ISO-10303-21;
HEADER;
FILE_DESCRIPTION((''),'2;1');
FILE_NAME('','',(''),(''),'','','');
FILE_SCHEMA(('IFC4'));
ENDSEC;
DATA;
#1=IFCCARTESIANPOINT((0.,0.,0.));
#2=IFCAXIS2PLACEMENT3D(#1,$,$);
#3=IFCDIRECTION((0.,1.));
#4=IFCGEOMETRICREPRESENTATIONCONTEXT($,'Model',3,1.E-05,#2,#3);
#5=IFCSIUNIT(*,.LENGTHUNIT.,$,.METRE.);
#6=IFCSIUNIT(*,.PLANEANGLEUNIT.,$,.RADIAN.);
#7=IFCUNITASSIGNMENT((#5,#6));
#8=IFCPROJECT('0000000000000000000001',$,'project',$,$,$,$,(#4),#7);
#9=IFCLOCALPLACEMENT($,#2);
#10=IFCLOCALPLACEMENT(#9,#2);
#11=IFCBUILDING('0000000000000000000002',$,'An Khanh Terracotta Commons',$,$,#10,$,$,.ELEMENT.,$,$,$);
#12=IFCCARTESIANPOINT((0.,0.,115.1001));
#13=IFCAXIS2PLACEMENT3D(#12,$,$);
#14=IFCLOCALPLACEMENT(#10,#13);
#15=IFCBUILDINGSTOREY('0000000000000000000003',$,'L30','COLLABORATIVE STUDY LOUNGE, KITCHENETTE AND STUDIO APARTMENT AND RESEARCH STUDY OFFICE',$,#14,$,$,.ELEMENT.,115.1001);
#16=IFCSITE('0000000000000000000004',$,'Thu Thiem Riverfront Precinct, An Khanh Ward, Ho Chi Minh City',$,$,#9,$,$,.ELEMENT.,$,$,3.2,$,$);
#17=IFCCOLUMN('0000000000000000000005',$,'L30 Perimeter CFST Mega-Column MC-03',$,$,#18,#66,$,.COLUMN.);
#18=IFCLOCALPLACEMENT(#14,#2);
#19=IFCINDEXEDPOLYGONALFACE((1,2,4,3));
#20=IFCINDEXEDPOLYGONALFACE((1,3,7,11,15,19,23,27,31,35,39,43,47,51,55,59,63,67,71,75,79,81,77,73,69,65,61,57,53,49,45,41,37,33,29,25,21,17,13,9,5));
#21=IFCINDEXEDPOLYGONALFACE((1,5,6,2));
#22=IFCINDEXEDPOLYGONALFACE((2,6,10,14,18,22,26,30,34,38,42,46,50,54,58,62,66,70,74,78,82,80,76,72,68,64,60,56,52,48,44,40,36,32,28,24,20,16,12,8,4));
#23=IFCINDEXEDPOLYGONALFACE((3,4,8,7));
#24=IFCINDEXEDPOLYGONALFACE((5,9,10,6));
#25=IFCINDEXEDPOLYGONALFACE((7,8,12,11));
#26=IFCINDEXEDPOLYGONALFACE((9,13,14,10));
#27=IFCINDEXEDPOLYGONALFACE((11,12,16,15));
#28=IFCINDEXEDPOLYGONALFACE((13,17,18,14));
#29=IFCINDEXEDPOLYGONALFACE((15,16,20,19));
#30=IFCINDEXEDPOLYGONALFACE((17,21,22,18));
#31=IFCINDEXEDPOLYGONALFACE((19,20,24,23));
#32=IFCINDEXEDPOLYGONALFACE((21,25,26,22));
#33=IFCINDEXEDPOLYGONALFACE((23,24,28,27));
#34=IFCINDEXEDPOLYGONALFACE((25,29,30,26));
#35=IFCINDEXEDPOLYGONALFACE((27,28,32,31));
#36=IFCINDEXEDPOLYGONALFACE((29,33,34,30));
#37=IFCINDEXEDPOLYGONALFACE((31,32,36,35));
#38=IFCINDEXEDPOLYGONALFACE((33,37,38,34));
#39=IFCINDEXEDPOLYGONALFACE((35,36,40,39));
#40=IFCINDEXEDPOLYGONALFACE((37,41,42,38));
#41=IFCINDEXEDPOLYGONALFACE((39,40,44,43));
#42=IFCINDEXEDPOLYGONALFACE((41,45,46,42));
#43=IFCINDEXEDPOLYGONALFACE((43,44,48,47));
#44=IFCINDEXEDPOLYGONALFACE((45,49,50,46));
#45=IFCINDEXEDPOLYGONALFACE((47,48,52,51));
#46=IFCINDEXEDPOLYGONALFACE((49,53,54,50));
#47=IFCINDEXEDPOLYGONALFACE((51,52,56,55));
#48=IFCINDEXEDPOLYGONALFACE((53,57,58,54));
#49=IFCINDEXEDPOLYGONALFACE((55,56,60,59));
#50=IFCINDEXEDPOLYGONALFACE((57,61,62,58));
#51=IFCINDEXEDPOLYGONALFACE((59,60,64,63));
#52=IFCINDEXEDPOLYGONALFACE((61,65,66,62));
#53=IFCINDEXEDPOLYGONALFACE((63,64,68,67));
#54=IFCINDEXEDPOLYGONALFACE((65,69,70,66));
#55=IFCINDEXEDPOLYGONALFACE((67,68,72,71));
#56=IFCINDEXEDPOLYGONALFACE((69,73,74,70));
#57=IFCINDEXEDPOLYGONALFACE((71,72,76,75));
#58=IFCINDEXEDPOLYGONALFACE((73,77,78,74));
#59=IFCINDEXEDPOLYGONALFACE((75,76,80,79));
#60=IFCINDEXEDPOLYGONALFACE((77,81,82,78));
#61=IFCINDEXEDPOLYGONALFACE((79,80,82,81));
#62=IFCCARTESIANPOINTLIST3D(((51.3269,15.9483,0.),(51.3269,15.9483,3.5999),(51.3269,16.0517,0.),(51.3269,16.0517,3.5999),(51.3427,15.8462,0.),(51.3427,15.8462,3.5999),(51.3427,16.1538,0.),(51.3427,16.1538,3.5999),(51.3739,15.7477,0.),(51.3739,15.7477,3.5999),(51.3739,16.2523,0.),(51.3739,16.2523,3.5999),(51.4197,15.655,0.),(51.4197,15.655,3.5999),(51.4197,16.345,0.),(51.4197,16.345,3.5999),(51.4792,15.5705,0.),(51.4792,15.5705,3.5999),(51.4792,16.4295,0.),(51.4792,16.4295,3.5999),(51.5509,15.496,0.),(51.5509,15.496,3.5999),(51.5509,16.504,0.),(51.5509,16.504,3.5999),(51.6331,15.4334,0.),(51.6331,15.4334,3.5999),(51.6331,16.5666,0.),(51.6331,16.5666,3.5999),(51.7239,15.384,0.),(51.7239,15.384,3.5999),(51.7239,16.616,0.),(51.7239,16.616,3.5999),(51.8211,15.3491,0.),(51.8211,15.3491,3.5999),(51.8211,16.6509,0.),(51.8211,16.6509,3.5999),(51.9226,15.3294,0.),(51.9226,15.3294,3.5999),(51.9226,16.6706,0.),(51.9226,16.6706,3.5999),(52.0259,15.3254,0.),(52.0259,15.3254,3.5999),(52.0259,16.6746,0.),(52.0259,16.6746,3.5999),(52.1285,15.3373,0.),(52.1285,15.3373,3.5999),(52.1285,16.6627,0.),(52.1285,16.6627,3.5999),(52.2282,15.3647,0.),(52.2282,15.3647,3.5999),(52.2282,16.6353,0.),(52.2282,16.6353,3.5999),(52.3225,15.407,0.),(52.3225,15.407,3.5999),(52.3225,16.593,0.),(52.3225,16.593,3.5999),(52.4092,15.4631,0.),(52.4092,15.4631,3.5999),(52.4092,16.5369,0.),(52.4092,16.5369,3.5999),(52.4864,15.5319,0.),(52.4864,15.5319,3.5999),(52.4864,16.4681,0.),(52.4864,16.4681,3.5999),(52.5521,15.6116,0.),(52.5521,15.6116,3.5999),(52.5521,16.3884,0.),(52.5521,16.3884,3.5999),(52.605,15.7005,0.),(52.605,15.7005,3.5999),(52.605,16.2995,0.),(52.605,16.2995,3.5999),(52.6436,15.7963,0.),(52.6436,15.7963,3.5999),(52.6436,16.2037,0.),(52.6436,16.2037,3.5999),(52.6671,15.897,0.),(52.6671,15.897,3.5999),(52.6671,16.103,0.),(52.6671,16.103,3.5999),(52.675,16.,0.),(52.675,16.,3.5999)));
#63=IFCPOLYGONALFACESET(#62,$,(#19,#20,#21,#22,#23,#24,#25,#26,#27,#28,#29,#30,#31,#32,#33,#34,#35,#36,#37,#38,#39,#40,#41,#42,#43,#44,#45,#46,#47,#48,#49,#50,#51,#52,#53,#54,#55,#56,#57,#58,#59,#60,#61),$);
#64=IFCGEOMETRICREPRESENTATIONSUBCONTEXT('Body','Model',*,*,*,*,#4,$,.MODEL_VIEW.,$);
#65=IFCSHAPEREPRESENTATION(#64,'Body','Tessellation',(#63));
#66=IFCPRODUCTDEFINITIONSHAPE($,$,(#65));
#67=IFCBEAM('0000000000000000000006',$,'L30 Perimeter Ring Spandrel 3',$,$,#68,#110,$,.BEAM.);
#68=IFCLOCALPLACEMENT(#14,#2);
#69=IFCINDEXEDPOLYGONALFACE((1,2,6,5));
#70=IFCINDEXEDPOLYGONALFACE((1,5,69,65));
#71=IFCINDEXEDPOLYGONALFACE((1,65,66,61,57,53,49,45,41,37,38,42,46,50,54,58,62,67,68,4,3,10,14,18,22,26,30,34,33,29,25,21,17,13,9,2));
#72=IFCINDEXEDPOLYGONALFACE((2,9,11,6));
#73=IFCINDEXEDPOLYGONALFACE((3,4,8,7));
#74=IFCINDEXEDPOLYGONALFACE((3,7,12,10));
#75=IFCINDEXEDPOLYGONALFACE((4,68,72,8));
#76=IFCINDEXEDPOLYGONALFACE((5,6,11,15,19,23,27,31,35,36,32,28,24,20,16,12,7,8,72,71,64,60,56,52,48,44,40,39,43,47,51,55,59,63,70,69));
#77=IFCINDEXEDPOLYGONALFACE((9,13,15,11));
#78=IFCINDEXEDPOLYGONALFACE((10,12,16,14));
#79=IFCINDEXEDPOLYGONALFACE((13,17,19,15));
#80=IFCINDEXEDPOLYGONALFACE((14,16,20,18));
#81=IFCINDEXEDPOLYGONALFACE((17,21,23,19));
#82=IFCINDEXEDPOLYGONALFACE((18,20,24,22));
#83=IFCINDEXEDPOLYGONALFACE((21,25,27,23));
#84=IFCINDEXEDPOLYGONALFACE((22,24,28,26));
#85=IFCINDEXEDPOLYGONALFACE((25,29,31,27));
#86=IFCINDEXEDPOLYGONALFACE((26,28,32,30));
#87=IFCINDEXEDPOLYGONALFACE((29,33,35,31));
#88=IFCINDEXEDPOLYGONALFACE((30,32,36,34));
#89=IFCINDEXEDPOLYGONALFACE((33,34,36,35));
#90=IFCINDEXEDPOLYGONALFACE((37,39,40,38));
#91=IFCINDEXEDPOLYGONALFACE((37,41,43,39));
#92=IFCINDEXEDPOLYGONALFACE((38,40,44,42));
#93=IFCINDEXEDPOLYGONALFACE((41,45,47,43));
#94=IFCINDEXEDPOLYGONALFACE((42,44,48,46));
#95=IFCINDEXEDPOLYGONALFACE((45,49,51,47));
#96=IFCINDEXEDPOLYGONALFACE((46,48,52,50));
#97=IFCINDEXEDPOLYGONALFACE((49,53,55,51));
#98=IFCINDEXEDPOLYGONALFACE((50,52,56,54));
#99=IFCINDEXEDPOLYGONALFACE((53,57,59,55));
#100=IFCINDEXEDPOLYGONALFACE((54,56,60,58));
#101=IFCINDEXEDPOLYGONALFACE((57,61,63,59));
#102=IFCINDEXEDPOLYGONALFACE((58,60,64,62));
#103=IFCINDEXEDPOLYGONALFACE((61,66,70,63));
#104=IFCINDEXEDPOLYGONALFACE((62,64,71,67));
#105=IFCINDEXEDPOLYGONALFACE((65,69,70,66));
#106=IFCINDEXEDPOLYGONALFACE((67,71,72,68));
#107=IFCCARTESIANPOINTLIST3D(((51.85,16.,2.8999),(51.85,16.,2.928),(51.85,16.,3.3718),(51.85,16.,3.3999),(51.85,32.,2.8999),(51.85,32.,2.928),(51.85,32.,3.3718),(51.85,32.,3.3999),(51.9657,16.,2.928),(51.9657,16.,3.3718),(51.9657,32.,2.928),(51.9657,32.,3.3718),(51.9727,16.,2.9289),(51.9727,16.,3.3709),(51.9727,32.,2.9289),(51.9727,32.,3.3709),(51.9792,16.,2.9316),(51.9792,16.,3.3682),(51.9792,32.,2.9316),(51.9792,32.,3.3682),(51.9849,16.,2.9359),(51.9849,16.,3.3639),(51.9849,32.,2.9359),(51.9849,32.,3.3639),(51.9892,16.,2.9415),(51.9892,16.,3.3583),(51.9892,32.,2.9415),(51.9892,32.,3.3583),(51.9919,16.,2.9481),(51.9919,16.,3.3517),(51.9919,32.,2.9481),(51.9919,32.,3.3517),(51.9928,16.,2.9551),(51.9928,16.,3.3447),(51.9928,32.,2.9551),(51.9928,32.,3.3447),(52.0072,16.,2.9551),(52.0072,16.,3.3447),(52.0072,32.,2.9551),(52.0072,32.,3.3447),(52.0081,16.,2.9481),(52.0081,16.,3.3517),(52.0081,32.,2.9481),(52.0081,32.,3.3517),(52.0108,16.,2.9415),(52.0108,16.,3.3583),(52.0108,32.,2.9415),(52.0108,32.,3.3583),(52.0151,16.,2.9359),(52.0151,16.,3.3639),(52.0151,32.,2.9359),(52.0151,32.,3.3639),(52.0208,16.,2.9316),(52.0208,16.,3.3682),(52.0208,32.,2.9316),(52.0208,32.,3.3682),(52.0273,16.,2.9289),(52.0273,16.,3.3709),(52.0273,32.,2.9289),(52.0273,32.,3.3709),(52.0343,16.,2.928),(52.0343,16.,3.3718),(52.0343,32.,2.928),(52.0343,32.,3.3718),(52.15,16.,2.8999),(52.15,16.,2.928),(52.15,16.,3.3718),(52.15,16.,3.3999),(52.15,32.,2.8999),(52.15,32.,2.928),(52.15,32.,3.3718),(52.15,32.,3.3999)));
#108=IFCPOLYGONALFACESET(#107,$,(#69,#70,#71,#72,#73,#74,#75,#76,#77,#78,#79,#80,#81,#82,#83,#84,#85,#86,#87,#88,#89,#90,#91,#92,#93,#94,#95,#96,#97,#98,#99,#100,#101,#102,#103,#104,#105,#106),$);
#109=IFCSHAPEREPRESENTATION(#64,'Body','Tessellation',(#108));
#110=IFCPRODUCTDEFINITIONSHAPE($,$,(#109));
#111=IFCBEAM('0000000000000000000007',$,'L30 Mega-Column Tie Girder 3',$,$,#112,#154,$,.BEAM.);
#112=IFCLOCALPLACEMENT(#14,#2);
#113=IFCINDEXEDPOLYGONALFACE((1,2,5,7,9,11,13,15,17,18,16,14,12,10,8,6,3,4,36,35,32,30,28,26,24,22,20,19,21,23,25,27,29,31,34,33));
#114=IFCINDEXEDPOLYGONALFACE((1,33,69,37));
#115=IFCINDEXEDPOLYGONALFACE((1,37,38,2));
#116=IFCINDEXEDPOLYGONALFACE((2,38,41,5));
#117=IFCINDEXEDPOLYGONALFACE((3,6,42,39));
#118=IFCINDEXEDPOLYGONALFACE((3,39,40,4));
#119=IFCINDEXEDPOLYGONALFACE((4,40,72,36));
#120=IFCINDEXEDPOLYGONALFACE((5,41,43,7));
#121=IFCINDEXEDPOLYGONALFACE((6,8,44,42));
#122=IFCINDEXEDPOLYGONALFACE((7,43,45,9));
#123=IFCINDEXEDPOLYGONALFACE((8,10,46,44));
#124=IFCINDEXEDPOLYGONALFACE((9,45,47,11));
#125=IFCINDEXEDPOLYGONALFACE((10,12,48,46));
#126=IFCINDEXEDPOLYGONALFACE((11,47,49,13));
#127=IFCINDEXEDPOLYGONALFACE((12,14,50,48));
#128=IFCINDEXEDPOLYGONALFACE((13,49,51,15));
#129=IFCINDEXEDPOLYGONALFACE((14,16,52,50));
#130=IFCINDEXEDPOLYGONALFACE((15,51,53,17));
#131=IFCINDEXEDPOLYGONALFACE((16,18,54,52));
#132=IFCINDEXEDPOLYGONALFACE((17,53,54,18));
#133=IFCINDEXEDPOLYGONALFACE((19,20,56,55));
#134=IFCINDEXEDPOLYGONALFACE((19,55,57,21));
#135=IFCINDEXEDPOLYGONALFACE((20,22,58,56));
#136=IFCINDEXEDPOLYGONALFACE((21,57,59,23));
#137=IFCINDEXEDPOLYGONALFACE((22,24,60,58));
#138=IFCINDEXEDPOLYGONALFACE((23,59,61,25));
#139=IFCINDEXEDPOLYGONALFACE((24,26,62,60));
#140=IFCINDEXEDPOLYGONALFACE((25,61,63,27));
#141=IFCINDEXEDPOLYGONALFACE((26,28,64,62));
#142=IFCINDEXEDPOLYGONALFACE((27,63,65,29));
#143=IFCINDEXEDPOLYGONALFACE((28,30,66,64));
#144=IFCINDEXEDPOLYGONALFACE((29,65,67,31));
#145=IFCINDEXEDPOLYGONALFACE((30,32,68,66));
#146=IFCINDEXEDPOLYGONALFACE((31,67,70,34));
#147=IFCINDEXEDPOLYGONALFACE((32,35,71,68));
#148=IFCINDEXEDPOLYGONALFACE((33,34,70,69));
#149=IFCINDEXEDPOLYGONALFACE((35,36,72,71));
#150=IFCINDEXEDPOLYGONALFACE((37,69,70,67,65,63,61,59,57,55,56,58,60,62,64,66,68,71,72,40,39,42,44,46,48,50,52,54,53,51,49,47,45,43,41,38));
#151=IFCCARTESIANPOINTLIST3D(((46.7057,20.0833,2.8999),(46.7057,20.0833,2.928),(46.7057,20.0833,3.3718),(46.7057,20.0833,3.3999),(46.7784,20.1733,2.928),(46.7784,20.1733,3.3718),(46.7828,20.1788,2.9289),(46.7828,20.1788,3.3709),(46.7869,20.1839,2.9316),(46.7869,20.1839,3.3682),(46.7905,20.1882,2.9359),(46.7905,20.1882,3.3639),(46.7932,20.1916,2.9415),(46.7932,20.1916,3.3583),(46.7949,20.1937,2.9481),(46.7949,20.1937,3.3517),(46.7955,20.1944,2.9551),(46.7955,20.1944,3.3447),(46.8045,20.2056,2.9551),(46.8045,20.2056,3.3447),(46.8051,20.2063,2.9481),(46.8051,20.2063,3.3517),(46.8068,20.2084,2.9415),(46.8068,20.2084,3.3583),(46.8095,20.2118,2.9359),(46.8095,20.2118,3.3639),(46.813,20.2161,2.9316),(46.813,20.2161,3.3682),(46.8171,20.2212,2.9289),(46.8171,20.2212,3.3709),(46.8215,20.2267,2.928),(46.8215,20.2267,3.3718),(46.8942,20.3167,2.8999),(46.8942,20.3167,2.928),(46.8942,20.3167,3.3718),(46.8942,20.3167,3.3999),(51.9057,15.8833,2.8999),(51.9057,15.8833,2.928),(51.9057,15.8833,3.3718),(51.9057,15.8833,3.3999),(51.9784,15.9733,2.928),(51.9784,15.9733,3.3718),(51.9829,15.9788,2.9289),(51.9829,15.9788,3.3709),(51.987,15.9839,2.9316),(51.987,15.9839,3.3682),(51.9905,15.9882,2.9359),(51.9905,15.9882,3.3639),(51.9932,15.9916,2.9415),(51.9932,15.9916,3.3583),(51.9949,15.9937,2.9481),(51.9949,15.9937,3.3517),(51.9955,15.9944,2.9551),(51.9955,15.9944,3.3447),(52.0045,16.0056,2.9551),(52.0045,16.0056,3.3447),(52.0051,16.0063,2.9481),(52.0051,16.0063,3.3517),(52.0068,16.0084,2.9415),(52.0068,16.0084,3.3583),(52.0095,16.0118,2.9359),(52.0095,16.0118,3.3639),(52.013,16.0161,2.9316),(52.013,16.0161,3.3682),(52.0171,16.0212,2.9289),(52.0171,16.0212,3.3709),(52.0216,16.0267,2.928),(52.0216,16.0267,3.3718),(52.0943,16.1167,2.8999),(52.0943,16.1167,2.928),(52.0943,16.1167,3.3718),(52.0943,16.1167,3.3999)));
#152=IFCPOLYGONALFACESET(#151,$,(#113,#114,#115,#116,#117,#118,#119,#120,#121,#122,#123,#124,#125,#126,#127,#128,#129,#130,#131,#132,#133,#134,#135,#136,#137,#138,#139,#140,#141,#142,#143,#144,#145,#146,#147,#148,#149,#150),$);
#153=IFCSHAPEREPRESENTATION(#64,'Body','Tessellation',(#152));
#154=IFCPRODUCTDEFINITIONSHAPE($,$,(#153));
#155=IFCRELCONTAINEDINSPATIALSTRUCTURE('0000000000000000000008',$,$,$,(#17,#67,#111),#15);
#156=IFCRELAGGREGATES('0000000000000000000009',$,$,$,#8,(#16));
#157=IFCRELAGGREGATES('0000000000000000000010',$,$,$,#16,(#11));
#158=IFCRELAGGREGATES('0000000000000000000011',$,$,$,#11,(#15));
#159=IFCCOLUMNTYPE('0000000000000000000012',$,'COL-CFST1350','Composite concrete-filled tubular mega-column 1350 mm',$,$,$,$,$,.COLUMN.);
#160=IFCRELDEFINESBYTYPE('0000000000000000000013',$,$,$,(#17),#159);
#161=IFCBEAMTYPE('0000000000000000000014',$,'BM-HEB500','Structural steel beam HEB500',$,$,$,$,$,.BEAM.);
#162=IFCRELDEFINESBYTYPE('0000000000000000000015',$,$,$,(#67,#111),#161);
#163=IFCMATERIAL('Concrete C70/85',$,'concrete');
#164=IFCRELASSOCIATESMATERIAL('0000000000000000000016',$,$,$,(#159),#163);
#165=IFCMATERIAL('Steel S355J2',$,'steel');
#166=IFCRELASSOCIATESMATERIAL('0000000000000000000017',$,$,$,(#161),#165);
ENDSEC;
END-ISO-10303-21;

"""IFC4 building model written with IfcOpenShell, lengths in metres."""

from ifc_helpers import new_model, si_unit, direction, frame, origin, origin_2d, place, context, subcontext, project, spatial, circle, i_section, extrude, material, material_profile, profile_set, type_object, element, save


model = new_model("IFC4")

# Units and contexts
model_context = context("Model", 3, precision=1e-05, world=origin(), true_north=direction((0.0, 1.0)))
body_context = subcontext(model_context, "Body", "Model", "MODEL_VIEW")
ifc_project = project(units=[si_unit("LENGTHUNIT", "METRE"), si_unit("PLANEANGLEUNIT", "RADIAN")], contexts=[model_context])

# Site, building, storey
site_placement = place(None, origin())
site = spatial("IfcSite", under=ifc_project, at=site_placement, Name="Thu Thiem Riverfront Precinct, An Khanh Ward, Ho Chi Minh City", CompositionType="ELEMENT", RefElevation=3.2)
building_placement = place(site_placement, origin())
building = spatial("IfcBuilding", under=site, at=building_placement, Name="An Khanh Terracotta Commons", CompositionType="ELEMENT")
storey_placement = place(building_placement, frame((0.0, 0.0, 115.1001)))
storey = spatial("IfcBuildingStorey", under=building, at=storey_placement, Name="L30", Description="COLLABORATIVE STUDY LOUNGE, KITCHENETTE AND STUDIO APARTMENT AND RESEARCH STUDY OFFICE", CompositionType="ELEMENT", Elevation=115.1001)

# Column
ifc_material_1 = material(Name="Concrete C70/85", Category="concrete")
ifc_material_profile_1 = material_profile(ifc_material_1, circle(Radius=0.675, at=origin_2d()), Name="CFST1350")
ifc_profile_set_1 = profile_set([ifc_material_profile_1], Name="Concrete C70/85")
column_type = type_object("IfcColumnType", Name="COL-CFST1350", Description="Composite concrete-filled tubular mega-column 1350 mm", PredefinedType="COLUMN", material=ifc_profile_set_1)
column_placement = place(storey_placement, frame((52.0, 16.0, 0.0), z_axis=(0.0, 0.0, 1.0), x_axis=(1.0, 0.0, 0.0)))
element("IfcColumn", 1, at=column_placement, inside=storey, type_object=column_type, Name="L30 Perimeter CFST Mega-Column MC-03", PredefinedType="COLUMN", context=body_context, shape_type="SweptSolid", body=[
    extrude(circle(Radius=0.675, at=origin_2d()), origin(), (0.0, 0.0, 1.0), 3.5999),
])

# Beams
ifc_material_2 = material(Name="Steel S355J2", Category="steel")
ifc_material_profile_2 = material_profile(ifc_material_2, i_section(OverallWidth=0.3, OverallDepth=0.5, WebThickness=0.0144, FlangeThickness=0.0281, FilletRadius=0.0271, at=origin_2d()), Name="HEB500")
ifc_profile_set_2 = profile_set([ifc_material_profile_2], Name="Steel S355J2")
beam_type = type_object("IfcBeamType", Name="BM-HEB500", Description="Structural steel beam HEB500", PredefinedType="BEAM", material=ifc_profile_set_2)
beam_1_placement = place(storey_placement, frame((52.0, 16.0, 3.1499), z_axis=(0.0, 1.0, 0.0), x_axis=(-1.0, 0.0, 0.0)))
element("IfcBeam", 2, at=beam_1_placement, inside=storey, type_object=beam_type, Name="L30 Perimeter Ring Spandrel 3", PredefinedType="BEAM", context=body_context, shape_type="SweptSolid", body=[
    extrude(i_section(OverallWidth=0.3, OverallDepth=0.5, WebThickness=0.0144, FlangeThickness=0.0281, FilletRadius=0.0271, at=origin_2d()), origin(), (0.0, 0.0, 1.0), 16.0),
])
beam_2_placement = place(storey_placement, frame((52.0, 16.0, 3.1499), z_axis=(-0.777942, 0.628336, 0.0), x_axis=(-0.628336, -0.777942, 0.0)))
element("IfcBeam", 3, at=beam_2_placement, inside=storey, type_object=beam_type, Name="L30 Mega-Column Tie Girder 3", PredefinedType="BEAM", context=body_context, shape_type="SweptSolid", body=[
    extrude(i_section(OverallWidth=0.3, OverallDepth=0.5, WebThickness=0.0144, FlangeThickness=0.0281, FilletRadius=0.0271, at=origin_2d()), origin(), (0.0, 0.0, 1.0), 6.6843),
])

save(model, "model.ifc")
